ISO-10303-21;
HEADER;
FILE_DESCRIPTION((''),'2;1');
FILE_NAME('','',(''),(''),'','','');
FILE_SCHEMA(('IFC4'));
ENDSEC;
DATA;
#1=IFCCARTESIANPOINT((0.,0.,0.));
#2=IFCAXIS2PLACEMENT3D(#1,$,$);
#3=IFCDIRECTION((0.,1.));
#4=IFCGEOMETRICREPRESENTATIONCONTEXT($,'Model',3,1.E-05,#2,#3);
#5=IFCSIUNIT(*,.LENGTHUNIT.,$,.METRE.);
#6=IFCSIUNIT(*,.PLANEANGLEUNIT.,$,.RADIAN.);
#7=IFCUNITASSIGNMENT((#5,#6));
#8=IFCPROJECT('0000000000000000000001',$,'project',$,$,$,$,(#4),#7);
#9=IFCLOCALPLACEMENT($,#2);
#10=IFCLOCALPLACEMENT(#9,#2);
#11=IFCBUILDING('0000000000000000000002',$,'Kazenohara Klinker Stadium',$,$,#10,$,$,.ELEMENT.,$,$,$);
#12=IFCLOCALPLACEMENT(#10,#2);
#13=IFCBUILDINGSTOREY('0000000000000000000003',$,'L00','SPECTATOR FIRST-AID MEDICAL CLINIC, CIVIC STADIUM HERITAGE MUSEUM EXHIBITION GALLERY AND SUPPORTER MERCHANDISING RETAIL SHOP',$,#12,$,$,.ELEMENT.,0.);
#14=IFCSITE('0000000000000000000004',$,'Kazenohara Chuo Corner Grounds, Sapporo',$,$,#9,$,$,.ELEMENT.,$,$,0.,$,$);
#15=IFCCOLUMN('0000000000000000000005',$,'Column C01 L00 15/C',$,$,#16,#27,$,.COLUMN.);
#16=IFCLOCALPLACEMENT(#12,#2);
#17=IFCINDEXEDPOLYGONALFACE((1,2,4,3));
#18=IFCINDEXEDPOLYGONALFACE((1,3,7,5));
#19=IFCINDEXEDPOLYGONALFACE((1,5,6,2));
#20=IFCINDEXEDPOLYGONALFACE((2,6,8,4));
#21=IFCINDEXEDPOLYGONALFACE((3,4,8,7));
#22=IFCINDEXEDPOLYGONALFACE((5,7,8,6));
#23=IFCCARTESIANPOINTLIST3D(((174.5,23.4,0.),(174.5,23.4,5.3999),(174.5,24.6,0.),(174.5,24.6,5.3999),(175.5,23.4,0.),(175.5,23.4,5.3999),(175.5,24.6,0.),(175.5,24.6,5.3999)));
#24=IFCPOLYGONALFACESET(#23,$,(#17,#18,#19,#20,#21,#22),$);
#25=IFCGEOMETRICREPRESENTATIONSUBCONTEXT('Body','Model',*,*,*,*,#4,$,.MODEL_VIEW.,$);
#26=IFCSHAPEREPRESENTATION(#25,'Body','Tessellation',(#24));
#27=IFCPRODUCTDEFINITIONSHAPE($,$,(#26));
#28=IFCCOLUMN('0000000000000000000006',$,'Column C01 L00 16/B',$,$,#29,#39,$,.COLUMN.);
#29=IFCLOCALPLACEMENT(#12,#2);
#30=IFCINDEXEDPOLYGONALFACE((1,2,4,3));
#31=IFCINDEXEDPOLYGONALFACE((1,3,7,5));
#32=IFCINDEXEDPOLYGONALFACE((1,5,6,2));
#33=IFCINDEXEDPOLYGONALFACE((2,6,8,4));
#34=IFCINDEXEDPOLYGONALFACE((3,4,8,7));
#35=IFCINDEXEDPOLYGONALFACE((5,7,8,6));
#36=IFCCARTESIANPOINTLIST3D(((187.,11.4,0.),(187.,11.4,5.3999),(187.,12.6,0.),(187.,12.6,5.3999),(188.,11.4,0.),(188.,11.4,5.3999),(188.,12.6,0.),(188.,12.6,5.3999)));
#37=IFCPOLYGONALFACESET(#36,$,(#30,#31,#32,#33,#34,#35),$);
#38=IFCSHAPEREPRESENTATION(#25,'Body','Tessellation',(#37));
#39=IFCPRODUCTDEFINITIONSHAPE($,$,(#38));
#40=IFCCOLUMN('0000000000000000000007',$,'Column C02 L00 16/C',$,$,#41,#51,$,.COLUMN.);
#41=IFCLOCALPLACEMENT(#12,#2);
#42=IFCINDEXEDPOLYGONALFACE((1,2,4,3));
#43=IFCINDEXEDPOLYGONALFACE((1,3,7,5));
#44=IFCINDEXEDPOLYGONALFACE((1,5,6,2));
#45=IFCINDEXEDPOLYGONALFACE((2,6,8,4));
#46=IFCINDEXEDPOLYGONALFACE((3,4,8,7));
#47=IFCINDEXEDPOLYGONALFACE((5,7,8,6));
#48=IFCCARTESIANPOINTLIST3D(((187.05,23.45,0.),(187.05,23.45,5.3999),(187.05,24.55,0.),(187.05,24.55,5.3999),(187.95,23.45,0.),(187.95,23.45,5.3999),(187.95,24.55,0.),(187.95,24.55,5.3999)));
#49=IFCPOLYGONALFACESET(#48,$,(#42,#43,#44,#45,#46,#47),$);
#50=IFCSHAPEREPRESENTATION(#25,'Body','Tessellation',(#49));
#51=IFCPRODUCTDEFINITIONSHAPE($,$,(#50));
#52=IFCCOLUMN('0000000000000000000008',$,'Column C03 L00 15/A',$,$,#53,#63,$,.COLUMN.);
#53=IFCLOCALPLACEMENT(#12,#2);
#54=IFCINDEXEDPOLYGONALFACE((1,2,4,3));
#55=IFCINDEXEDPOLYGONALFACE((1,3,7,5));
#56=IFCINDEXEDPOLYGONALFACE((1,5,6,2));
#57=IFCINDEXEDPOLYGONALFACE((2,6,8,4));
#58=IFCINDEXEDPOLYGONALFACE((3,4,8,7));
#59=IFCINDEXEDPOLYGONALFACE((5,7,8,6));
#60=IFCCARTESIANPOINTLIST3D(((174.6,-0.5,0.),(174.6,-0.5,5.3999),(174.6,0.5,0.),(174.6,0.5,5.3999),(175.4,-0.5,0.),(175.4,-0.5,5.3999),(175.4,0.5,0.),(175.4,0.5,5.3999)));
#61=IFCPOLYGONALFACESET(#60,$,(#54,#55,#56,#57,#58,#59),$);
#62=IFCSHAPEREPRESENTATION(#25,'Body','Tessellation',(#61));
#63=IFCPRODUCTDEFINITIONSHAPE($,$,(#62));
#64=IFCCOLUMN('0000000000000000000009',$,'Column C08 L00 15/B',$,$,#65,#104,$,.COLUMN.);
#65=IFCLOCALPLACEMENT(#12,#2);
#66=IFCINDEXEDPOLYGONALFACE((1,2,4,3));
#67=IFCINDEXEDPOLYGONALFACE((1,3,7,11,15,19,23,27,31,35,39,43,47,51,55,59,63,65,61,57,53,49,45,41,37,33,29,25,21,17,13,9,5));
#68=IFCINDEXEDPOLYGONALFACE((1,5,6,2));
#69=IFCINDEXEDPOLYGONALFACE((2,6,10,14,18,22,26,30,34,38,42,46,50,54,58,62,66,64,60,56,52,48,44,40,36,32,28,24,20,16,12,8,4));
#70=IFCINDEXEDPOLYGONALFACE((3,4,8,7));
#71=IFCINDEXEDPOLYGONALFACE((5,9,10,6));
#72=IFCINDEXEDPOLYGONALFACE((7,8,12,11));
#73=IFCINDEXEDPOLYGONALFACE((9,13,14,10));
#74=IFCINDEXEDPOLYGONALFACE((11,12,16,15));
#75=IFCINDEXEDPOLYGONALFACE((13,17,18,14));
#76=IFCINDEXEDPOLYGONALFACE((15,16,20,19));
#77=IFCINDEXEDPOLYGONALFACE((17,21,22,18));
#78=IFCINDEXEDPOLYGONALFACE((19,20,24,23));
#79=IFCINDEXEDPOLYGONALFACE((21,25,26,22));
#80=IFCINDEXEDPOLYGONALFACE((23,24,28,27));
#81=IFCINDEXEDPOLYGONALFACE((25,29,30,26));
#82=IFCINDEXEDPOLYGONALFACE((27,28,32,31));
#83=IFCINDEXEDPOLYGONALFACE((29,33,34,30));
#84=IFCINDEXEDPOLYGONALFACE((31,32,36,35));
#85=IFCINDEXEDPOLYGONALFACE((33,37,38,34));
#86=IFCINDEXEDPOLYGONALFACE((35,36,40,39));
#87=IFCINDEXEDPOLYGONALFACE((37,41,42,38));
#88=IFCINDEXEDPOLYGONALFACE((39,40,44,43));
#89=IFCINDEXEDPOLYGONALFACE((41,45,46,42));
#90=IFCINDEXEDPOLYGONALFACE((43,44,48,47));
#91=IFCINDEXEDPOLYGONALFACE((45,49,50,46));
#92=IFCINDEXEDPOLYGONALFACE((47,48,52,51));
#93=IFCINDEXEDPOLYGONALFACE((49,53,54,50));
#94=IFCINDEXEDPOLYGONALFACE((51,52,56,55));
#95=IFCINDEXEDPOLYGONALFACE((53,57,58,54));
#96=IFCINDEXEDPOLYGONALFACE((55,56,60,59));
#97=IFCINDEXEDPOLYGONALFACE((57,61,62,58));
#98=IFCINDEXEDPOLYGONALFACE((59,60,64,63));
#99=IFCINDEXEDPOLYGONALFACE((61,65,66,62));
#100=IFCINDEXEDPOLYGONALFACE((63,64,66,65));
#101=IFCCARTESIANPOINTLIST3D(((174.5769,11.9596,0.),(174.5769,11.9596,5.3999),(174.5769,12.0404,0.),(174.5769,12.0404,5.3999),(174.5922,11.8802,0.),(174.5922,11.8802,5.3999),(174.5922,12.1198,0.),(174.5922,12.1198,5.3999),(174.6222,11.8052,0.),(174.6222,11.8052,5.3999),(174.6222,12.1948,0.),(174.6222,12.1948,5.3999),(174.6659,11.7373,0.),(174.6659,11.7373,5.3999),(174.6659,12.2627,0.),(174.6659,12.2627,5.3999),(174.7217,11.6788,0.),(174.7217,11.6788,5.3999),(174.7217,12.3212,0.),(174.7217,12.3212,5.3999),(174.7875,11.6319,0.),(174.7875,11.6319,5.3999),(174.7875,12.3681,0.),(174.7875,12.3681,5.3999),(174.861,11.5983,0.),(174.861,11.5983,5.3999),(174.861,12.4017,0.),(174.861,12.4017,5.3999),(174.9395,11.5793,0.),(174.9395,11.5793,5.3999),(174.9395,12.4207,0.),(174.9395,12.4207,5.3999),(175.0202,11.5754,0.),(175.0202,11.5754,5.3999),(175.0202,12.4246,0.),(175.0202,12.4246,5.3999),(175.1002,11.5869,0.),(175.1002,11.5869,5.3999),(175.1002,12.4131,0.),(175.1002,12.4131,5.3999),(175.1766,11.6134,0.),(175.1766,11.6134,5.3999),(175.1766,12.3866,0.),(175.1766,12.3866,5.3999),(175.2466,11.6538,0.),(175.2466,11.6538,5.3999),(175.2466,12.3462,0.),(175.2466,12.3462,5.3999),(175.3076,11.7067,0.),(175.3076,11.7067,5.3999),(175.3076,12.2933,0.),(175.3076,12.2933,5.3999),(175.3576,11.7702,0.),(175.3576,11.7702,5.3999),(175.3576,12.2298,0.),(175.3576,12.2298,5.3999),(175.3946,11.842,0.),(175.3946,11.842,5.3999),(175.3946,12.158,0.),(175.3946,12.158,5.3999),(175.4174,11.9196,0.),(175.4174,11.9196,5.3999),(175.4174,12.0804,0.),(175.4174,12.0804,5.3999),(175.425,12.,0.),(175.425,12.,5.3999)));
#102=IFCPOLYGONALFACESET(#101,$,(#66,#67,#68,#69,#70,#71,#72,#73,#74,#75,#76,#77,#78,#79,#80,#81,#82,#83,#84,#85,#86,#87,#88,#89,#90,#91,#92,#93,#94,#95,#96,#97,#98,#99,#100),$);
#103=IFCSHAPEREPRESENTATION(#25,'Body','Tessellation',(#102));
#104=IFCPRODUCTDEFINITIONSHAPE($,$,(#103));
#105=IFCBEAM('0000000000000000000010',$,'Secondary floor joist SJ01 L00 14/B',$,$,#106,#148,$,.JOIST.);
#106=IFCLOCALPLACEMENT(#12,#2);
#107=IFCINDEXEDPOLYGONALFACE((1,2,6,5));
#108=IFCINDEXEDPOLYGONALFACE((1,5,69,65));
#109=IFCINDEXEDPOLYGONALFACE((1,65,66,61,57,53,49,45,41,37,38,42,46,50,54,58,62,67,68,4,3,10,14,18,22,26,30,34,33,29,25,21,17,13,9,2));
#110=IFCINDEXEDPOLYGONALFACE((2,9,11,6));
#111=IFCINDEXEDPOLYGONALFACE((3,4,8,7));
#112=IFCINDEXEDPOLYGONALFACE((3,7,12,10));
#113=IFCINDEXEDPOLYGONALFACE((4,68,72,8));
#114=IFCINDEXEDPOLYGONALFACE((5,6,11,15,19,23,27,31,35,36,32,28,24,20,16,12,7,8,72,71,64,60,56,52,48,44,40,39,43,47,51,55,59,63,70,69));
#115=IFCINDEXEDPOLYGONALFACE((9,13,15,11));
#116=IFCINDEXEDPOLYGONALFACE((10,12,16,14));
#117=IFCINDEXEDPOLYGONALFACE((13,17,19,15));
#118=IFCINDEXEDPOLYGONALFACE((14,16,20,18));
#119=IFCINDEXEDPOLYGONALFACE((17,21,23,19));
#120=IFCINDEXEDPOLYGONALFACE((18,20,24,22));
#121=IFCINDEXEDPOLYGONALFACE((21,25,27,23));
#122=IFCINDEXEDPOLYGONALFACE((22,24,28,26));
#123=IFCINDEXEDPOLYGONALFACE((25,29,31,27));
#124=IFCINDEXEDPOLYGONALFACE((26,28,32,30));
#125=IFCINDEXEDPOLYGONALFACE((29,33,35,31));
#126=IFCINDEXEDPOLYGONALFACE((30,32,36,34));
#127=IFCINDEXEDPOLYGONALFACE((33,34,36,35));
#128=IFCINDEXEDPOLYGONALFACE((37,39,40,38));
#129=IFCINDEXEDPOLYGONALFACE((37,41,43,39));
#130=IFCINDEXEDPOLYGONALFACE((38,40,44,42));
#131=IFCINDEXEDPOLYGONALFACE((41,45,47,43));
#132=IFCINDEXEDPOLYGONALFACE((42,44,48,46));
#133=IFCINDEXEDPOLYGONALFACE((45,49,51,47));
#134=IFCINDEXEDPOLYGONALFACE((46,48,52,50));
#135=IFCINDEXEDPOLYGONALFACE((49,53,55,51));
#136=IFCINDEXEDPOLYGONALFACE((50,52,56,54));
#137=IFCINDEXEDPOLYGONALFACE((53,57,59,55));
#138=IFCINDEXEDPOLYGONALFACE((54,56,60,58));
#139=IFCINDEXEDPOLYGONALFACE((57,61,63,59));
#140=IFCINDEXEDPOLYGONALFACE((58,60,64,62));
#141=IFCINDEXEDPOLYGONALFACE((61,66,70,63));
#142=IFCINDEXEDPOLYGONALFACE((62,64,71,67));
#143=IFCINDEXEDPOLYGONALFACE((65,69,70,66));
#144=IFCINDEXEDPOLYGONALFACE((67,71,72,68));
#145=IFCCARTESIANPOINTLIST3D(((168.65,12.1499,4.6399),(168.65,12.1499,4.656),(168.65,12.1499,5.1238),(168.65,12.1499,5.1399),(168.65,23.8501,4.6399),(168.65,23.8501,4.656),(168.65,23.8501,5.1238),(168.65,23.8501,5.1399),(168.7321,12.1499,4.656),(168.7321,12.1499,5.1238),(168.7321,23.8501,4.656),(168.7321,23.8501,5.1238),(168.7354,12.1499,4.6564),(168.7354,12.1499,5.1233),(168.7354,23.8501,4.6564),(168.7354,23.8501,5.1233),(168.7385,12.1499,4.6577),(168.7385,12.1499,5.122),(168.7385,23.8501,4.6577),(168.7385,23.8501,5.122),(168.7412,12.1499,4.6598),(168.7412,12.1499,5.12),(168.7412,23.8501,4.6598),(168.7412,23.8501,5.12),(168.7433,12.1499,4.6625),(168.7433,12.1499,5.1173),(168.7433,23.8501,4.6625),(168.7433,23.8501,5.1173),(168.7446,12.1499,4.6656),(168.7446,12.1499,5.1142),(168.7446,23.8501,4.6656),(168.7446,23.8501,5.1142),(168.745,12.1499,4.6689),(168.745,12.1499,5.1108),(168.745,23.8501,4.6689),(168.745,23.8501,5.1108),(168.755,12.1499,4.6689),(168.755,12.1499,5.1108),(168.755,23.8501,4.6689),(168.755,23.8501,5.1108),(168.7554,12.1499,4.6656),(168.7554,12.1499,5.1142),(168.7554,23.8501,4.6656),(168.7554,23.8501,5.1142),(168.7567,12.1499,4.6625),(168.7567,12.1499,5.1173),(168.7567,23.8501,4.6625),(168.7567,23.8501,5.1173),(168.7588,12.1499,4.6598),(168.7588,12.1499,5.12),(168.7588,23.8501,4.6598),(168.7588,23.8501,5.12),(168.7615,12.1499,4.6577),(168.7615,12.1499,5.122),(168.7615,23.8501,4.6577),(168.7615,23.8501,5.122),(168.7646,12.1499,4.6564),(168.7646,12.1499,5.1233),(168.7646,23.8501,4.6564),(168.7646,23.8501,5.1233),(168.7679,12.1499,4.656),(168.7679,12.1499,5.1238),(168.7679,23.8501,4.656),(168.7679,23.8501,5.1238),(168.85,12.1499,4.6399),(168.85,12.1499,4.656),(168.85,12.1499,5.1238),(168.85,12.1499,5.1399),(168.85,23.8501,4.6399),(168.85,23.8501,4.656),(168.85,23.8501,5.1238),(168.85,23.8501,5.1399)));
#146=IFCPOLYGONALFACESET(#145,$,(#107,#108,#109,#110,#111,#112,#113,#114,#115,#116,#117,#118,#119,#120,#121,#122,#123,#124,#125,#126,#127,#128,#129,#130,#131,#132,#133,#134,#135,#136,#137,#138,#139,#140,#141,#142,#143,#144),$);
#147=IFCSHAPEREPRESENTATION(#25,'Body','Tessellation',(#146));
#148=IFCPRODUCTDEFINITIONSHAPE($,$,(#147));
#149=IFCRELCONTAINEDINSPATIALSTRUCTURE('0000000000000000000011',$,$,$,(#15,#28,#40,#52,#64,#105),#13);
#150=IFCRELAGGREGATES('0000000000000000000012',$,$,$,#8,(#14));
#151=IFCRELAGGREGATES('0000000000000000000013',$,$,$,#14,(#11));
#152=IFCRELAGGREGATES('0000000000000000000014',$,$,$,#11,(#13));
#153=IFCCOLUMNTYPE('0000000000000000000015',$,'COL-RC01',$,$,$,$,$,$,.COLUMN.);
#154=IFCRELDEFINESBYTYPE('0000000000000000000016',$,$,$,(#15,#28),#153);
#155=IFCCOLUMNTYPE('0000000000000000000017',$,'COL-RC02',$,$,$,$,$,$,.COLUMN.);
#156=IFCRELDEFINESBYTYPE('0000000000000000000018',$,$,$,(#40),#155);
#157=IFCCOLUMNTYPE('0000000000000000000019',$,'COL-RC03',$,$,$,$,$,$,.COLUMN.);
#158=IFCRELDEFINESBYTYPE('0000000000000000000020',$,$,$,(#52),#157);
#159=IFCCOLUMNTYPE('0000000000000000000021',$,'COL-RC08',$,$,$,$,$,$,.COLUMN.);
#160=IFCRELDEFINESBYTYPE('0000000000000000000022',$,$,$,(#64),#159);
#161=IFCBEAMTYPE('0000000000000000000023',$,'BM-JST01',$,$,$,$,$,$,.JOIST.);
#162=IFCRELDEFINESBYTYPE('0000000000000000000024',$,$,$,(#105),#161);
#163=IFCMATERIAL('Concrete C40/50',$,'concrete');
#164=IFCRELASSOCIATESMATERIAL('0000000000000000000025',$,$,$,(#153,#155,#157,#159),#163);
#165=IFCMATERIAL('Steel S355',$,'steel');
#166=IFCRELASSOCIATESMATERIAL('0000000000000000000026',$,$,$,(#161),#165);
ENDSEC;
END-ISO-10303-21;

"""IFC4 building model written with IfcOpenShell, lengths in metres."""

from ifc_helpers import new_model, si_unit, direction, frame, origin, origin_2d, place, context, subcontext, project, spatial, rectangle, circle, i_section, extrude, material, material_profile, profile_set, type_object, element, save


model = new_model("IFC4")

# Units and contexts
model_context = context("Model", 3, precision=1e-05, world=origin(), true_north=direction((0.0, 1.0)))
body_context = subcontext(model_context, "Body", "Model", "MODEL_VIEW")
ifc_project = project(units=[si_unit("LENGTHUNIT", "METRE"), si_unit("PLANEANGLEUNIT", "RADIAN")], contexts=[model_context])

# Site, building, storey
site_placement = place(None, origin())
site = spatial("IfcSite", under=ifc_project, at=site_placement, Name="Kazenohara Chuo Corner Grounds, Sapporo", CompositionType="ELEMENT", RefElevation=0.0)
building_placement = place(site_placement, origin())
building = spatial("IfcBuilding", under=site, at=building_placement, Name="Kazenohara Klinker Stadium", CompositionType="ELEMENT")
storey_placement = place(building_placement, origin())
storey = spatial("IfcBuildingStorey", under=building, at=storey_placement, Name="L00", Description="SPECTATOR FIRST-AID MEDICAL CLINIC, CIVIC STADIUM HERITAGE MUSEUM EXHIBITION GALLERY AND SUPPORTER MERCHANDISING RETAIL SHOP", CompositionType="ELEMENT", Elevation=0.0)

# Columns
ifc_material_1 = material(Name="Concrete C40/50", Category="concrete")
ifc_material_profile_1 = material_profile(ifc_material_1, rectangle(XDim=1.0, YDim=1.2, at=origin_2d()), Name="RC-COL-1200x1000")
ifc_profile_set_1 = profile_set([ifc_material_profile_1], Name="Concrete C40/50")
column_type_1 = type_object("IfcColumnType", Name="COL-RC01", PredefinedType="COLUMN", material=ifc_profile_set_1)
for number, where, z_axis, x_axis, name in (
    (1, (175.0, 24.0, 0.0), (0.0, 0.0, 1.0), (1.0, 0.0, 0.0), "Column C01 L00 15/C"),
    (2, (187.5, 12.0, 0.0), (0.0, 0.0, 1.0), (1.0, 0.0, 0.0), "Column C01 L00 16/B"),
):
    element("IfcColumn", number, at=place(storey_placement, frame(where, z_axis=z_axis, x_axis=x_axis)), inside=storey, type_object=column_type_1, Name=name, PredefinedType="COLUMN", context=body_context, shape_type="SweptSolid", body=[
        extrude(rectangle(XDim=1.0, YDim=1.2, at=origin_2d()), origin(), (0.0, 0.0, 1.0), 5.3999),
    ])
ifc_material_profile_2 = material_profile(ifc_material_1, rectangle(XDim=0.8999, YDim=1.1001, at=origin_2d()), Name="RC-COL-1100x900")
ifc_profile_set_2 = profile_set([ifc_material_profile_2], Name="Concrete C40/50")
column_type_2 = type_object("IfcColumnType", Name="COL-RC02", PredefinedType="COLUMN", material=ifc_profile_set_2)
column_1_placement = place(storey_placement, frame((187.5, 24.0, 0.0), z_axis=(0.0, 0.0, 1.0), x_axis=(1.0, 0.0, 0.0)))
element("IfcColumn", 3, at=column_1_placement, inside=storey, type_object=column_type_2, Name="Column C02 L00 16/C", PredefinedType="COLUMN", context=body_context, shape_type="SweptSolid", body=[
    extrude(rectangle(XDim=0.8999, YDim=1.1001, at=origin_2d()), origin(), (0.0, 0.0, 1.0), 5.3999),
])
ifc_material_profile_3 = material_profile(ifc_material_1, rectangle(XDim=0.8, YDim=1.0, at=origin_2d()), Name="RC-COL-1000x800")
ifc_profile_set_3 = profile_set([ifc_material_profile_3], Name="Concrete C40/50")
column_type_3 = type_object("IfcColumnType", Name="COL-RC03", PredefinedType="COLUMN", material=ifc_profile_set_3)
column_2_placement = place(storey_placement, frame((175.0, 0.0, 0.0), z_axis=(0.0, 0.0, 1.0), x_axis=(1.0, 0.0, 0.0)))
element("IfcColumn", 4, at=column_2_placement, inside=storey, type_object=column_type_3, Name="Column C03 L00 15/A", PredefinedType="COLUMN", context=body_context, shape_type="SweptSolid", body=[
    extrude(rectangle(XDim=0.8, YDim=1.0, at=origin_2d()), origin(), (0.0, 0.0, 1.0), 5.3999),
])
ifc_material_profile_4 = material_profile(ifc_material_1, circle(Radius=0.425, at=origin_2d()), Name="RC-COL-D850")
ifc_profile_set_4 = profile_set([ifc_material_profile_4], Name="Concrete C40/50")
column_type_4 = type_object("IfcColumnType", Name="COL-RC08", PredefinedType="COLUMN", material=ifc_profile_set_4)
column_3_placement = place(storey_placement, frame((175.0, 12.0, 0.0), z_axis=(0.0, 0.0, 1.0), x_axis=(1.0, 0.0, 0.0)))
element("IfcColumn", 5, at=column_3_placement, inside=storey, type_object=column_type_4, Name="Column C08 L00 15/B", PredefinedType="COLUMN", context=body_context, shape_type="SweptSolid", body=[
    extrude(circle(Radius=0.425, at=origin_2d()), origin(), (0.0, 0.0, 1.0), 5.3999),
])

# Beam
ifc_material_2 = material(Name="Steel S355", Category="steel")
ifc_material_profile_5 = material_profile(ifc_material_2, i_section(OverallWidth=0.2, OverallDepth=0.5, WebThickness=0.01, FlangeThickness=0.0161, FilletRadius=0.0129, at=origin_2d()), Name="H-500x200x10x16")
ifc_profile_set_5 = profile_set([ifc_material_profile_5], Name="Steel S355")
beam_type_1 = type_object("IfcBeamType", Name="BM-JST01", PredefinedType="JOIST", material=ifc_profile_set_5)
beam_1_placement = place(storey_placement, frame((168.75, 12.1499, 4.8899), z_axis=(0.0, 1.0, 0.0), x_axis=(-1.0, 0.0, 0.0)))
element("IfcBeam", 6, at=beam_1_placement, inside=storey, type_object=beam_type_1, Name="Secondary floor joist SJ01 L00 14/B", PredefinedType="JOIST", context=body_context, shape_type="SweptSolid", body=[
    extrude(i_section(OverallWidth=0.2, OverallDepth=0.5, WebThickness=0.01, FlangeThickness=0.0161, FilletRadius=0.0129, at=origin_2d()), origin(), (0.0, 0.0, 1.0), 11.7002),
])

save(model, "model.ifc")
